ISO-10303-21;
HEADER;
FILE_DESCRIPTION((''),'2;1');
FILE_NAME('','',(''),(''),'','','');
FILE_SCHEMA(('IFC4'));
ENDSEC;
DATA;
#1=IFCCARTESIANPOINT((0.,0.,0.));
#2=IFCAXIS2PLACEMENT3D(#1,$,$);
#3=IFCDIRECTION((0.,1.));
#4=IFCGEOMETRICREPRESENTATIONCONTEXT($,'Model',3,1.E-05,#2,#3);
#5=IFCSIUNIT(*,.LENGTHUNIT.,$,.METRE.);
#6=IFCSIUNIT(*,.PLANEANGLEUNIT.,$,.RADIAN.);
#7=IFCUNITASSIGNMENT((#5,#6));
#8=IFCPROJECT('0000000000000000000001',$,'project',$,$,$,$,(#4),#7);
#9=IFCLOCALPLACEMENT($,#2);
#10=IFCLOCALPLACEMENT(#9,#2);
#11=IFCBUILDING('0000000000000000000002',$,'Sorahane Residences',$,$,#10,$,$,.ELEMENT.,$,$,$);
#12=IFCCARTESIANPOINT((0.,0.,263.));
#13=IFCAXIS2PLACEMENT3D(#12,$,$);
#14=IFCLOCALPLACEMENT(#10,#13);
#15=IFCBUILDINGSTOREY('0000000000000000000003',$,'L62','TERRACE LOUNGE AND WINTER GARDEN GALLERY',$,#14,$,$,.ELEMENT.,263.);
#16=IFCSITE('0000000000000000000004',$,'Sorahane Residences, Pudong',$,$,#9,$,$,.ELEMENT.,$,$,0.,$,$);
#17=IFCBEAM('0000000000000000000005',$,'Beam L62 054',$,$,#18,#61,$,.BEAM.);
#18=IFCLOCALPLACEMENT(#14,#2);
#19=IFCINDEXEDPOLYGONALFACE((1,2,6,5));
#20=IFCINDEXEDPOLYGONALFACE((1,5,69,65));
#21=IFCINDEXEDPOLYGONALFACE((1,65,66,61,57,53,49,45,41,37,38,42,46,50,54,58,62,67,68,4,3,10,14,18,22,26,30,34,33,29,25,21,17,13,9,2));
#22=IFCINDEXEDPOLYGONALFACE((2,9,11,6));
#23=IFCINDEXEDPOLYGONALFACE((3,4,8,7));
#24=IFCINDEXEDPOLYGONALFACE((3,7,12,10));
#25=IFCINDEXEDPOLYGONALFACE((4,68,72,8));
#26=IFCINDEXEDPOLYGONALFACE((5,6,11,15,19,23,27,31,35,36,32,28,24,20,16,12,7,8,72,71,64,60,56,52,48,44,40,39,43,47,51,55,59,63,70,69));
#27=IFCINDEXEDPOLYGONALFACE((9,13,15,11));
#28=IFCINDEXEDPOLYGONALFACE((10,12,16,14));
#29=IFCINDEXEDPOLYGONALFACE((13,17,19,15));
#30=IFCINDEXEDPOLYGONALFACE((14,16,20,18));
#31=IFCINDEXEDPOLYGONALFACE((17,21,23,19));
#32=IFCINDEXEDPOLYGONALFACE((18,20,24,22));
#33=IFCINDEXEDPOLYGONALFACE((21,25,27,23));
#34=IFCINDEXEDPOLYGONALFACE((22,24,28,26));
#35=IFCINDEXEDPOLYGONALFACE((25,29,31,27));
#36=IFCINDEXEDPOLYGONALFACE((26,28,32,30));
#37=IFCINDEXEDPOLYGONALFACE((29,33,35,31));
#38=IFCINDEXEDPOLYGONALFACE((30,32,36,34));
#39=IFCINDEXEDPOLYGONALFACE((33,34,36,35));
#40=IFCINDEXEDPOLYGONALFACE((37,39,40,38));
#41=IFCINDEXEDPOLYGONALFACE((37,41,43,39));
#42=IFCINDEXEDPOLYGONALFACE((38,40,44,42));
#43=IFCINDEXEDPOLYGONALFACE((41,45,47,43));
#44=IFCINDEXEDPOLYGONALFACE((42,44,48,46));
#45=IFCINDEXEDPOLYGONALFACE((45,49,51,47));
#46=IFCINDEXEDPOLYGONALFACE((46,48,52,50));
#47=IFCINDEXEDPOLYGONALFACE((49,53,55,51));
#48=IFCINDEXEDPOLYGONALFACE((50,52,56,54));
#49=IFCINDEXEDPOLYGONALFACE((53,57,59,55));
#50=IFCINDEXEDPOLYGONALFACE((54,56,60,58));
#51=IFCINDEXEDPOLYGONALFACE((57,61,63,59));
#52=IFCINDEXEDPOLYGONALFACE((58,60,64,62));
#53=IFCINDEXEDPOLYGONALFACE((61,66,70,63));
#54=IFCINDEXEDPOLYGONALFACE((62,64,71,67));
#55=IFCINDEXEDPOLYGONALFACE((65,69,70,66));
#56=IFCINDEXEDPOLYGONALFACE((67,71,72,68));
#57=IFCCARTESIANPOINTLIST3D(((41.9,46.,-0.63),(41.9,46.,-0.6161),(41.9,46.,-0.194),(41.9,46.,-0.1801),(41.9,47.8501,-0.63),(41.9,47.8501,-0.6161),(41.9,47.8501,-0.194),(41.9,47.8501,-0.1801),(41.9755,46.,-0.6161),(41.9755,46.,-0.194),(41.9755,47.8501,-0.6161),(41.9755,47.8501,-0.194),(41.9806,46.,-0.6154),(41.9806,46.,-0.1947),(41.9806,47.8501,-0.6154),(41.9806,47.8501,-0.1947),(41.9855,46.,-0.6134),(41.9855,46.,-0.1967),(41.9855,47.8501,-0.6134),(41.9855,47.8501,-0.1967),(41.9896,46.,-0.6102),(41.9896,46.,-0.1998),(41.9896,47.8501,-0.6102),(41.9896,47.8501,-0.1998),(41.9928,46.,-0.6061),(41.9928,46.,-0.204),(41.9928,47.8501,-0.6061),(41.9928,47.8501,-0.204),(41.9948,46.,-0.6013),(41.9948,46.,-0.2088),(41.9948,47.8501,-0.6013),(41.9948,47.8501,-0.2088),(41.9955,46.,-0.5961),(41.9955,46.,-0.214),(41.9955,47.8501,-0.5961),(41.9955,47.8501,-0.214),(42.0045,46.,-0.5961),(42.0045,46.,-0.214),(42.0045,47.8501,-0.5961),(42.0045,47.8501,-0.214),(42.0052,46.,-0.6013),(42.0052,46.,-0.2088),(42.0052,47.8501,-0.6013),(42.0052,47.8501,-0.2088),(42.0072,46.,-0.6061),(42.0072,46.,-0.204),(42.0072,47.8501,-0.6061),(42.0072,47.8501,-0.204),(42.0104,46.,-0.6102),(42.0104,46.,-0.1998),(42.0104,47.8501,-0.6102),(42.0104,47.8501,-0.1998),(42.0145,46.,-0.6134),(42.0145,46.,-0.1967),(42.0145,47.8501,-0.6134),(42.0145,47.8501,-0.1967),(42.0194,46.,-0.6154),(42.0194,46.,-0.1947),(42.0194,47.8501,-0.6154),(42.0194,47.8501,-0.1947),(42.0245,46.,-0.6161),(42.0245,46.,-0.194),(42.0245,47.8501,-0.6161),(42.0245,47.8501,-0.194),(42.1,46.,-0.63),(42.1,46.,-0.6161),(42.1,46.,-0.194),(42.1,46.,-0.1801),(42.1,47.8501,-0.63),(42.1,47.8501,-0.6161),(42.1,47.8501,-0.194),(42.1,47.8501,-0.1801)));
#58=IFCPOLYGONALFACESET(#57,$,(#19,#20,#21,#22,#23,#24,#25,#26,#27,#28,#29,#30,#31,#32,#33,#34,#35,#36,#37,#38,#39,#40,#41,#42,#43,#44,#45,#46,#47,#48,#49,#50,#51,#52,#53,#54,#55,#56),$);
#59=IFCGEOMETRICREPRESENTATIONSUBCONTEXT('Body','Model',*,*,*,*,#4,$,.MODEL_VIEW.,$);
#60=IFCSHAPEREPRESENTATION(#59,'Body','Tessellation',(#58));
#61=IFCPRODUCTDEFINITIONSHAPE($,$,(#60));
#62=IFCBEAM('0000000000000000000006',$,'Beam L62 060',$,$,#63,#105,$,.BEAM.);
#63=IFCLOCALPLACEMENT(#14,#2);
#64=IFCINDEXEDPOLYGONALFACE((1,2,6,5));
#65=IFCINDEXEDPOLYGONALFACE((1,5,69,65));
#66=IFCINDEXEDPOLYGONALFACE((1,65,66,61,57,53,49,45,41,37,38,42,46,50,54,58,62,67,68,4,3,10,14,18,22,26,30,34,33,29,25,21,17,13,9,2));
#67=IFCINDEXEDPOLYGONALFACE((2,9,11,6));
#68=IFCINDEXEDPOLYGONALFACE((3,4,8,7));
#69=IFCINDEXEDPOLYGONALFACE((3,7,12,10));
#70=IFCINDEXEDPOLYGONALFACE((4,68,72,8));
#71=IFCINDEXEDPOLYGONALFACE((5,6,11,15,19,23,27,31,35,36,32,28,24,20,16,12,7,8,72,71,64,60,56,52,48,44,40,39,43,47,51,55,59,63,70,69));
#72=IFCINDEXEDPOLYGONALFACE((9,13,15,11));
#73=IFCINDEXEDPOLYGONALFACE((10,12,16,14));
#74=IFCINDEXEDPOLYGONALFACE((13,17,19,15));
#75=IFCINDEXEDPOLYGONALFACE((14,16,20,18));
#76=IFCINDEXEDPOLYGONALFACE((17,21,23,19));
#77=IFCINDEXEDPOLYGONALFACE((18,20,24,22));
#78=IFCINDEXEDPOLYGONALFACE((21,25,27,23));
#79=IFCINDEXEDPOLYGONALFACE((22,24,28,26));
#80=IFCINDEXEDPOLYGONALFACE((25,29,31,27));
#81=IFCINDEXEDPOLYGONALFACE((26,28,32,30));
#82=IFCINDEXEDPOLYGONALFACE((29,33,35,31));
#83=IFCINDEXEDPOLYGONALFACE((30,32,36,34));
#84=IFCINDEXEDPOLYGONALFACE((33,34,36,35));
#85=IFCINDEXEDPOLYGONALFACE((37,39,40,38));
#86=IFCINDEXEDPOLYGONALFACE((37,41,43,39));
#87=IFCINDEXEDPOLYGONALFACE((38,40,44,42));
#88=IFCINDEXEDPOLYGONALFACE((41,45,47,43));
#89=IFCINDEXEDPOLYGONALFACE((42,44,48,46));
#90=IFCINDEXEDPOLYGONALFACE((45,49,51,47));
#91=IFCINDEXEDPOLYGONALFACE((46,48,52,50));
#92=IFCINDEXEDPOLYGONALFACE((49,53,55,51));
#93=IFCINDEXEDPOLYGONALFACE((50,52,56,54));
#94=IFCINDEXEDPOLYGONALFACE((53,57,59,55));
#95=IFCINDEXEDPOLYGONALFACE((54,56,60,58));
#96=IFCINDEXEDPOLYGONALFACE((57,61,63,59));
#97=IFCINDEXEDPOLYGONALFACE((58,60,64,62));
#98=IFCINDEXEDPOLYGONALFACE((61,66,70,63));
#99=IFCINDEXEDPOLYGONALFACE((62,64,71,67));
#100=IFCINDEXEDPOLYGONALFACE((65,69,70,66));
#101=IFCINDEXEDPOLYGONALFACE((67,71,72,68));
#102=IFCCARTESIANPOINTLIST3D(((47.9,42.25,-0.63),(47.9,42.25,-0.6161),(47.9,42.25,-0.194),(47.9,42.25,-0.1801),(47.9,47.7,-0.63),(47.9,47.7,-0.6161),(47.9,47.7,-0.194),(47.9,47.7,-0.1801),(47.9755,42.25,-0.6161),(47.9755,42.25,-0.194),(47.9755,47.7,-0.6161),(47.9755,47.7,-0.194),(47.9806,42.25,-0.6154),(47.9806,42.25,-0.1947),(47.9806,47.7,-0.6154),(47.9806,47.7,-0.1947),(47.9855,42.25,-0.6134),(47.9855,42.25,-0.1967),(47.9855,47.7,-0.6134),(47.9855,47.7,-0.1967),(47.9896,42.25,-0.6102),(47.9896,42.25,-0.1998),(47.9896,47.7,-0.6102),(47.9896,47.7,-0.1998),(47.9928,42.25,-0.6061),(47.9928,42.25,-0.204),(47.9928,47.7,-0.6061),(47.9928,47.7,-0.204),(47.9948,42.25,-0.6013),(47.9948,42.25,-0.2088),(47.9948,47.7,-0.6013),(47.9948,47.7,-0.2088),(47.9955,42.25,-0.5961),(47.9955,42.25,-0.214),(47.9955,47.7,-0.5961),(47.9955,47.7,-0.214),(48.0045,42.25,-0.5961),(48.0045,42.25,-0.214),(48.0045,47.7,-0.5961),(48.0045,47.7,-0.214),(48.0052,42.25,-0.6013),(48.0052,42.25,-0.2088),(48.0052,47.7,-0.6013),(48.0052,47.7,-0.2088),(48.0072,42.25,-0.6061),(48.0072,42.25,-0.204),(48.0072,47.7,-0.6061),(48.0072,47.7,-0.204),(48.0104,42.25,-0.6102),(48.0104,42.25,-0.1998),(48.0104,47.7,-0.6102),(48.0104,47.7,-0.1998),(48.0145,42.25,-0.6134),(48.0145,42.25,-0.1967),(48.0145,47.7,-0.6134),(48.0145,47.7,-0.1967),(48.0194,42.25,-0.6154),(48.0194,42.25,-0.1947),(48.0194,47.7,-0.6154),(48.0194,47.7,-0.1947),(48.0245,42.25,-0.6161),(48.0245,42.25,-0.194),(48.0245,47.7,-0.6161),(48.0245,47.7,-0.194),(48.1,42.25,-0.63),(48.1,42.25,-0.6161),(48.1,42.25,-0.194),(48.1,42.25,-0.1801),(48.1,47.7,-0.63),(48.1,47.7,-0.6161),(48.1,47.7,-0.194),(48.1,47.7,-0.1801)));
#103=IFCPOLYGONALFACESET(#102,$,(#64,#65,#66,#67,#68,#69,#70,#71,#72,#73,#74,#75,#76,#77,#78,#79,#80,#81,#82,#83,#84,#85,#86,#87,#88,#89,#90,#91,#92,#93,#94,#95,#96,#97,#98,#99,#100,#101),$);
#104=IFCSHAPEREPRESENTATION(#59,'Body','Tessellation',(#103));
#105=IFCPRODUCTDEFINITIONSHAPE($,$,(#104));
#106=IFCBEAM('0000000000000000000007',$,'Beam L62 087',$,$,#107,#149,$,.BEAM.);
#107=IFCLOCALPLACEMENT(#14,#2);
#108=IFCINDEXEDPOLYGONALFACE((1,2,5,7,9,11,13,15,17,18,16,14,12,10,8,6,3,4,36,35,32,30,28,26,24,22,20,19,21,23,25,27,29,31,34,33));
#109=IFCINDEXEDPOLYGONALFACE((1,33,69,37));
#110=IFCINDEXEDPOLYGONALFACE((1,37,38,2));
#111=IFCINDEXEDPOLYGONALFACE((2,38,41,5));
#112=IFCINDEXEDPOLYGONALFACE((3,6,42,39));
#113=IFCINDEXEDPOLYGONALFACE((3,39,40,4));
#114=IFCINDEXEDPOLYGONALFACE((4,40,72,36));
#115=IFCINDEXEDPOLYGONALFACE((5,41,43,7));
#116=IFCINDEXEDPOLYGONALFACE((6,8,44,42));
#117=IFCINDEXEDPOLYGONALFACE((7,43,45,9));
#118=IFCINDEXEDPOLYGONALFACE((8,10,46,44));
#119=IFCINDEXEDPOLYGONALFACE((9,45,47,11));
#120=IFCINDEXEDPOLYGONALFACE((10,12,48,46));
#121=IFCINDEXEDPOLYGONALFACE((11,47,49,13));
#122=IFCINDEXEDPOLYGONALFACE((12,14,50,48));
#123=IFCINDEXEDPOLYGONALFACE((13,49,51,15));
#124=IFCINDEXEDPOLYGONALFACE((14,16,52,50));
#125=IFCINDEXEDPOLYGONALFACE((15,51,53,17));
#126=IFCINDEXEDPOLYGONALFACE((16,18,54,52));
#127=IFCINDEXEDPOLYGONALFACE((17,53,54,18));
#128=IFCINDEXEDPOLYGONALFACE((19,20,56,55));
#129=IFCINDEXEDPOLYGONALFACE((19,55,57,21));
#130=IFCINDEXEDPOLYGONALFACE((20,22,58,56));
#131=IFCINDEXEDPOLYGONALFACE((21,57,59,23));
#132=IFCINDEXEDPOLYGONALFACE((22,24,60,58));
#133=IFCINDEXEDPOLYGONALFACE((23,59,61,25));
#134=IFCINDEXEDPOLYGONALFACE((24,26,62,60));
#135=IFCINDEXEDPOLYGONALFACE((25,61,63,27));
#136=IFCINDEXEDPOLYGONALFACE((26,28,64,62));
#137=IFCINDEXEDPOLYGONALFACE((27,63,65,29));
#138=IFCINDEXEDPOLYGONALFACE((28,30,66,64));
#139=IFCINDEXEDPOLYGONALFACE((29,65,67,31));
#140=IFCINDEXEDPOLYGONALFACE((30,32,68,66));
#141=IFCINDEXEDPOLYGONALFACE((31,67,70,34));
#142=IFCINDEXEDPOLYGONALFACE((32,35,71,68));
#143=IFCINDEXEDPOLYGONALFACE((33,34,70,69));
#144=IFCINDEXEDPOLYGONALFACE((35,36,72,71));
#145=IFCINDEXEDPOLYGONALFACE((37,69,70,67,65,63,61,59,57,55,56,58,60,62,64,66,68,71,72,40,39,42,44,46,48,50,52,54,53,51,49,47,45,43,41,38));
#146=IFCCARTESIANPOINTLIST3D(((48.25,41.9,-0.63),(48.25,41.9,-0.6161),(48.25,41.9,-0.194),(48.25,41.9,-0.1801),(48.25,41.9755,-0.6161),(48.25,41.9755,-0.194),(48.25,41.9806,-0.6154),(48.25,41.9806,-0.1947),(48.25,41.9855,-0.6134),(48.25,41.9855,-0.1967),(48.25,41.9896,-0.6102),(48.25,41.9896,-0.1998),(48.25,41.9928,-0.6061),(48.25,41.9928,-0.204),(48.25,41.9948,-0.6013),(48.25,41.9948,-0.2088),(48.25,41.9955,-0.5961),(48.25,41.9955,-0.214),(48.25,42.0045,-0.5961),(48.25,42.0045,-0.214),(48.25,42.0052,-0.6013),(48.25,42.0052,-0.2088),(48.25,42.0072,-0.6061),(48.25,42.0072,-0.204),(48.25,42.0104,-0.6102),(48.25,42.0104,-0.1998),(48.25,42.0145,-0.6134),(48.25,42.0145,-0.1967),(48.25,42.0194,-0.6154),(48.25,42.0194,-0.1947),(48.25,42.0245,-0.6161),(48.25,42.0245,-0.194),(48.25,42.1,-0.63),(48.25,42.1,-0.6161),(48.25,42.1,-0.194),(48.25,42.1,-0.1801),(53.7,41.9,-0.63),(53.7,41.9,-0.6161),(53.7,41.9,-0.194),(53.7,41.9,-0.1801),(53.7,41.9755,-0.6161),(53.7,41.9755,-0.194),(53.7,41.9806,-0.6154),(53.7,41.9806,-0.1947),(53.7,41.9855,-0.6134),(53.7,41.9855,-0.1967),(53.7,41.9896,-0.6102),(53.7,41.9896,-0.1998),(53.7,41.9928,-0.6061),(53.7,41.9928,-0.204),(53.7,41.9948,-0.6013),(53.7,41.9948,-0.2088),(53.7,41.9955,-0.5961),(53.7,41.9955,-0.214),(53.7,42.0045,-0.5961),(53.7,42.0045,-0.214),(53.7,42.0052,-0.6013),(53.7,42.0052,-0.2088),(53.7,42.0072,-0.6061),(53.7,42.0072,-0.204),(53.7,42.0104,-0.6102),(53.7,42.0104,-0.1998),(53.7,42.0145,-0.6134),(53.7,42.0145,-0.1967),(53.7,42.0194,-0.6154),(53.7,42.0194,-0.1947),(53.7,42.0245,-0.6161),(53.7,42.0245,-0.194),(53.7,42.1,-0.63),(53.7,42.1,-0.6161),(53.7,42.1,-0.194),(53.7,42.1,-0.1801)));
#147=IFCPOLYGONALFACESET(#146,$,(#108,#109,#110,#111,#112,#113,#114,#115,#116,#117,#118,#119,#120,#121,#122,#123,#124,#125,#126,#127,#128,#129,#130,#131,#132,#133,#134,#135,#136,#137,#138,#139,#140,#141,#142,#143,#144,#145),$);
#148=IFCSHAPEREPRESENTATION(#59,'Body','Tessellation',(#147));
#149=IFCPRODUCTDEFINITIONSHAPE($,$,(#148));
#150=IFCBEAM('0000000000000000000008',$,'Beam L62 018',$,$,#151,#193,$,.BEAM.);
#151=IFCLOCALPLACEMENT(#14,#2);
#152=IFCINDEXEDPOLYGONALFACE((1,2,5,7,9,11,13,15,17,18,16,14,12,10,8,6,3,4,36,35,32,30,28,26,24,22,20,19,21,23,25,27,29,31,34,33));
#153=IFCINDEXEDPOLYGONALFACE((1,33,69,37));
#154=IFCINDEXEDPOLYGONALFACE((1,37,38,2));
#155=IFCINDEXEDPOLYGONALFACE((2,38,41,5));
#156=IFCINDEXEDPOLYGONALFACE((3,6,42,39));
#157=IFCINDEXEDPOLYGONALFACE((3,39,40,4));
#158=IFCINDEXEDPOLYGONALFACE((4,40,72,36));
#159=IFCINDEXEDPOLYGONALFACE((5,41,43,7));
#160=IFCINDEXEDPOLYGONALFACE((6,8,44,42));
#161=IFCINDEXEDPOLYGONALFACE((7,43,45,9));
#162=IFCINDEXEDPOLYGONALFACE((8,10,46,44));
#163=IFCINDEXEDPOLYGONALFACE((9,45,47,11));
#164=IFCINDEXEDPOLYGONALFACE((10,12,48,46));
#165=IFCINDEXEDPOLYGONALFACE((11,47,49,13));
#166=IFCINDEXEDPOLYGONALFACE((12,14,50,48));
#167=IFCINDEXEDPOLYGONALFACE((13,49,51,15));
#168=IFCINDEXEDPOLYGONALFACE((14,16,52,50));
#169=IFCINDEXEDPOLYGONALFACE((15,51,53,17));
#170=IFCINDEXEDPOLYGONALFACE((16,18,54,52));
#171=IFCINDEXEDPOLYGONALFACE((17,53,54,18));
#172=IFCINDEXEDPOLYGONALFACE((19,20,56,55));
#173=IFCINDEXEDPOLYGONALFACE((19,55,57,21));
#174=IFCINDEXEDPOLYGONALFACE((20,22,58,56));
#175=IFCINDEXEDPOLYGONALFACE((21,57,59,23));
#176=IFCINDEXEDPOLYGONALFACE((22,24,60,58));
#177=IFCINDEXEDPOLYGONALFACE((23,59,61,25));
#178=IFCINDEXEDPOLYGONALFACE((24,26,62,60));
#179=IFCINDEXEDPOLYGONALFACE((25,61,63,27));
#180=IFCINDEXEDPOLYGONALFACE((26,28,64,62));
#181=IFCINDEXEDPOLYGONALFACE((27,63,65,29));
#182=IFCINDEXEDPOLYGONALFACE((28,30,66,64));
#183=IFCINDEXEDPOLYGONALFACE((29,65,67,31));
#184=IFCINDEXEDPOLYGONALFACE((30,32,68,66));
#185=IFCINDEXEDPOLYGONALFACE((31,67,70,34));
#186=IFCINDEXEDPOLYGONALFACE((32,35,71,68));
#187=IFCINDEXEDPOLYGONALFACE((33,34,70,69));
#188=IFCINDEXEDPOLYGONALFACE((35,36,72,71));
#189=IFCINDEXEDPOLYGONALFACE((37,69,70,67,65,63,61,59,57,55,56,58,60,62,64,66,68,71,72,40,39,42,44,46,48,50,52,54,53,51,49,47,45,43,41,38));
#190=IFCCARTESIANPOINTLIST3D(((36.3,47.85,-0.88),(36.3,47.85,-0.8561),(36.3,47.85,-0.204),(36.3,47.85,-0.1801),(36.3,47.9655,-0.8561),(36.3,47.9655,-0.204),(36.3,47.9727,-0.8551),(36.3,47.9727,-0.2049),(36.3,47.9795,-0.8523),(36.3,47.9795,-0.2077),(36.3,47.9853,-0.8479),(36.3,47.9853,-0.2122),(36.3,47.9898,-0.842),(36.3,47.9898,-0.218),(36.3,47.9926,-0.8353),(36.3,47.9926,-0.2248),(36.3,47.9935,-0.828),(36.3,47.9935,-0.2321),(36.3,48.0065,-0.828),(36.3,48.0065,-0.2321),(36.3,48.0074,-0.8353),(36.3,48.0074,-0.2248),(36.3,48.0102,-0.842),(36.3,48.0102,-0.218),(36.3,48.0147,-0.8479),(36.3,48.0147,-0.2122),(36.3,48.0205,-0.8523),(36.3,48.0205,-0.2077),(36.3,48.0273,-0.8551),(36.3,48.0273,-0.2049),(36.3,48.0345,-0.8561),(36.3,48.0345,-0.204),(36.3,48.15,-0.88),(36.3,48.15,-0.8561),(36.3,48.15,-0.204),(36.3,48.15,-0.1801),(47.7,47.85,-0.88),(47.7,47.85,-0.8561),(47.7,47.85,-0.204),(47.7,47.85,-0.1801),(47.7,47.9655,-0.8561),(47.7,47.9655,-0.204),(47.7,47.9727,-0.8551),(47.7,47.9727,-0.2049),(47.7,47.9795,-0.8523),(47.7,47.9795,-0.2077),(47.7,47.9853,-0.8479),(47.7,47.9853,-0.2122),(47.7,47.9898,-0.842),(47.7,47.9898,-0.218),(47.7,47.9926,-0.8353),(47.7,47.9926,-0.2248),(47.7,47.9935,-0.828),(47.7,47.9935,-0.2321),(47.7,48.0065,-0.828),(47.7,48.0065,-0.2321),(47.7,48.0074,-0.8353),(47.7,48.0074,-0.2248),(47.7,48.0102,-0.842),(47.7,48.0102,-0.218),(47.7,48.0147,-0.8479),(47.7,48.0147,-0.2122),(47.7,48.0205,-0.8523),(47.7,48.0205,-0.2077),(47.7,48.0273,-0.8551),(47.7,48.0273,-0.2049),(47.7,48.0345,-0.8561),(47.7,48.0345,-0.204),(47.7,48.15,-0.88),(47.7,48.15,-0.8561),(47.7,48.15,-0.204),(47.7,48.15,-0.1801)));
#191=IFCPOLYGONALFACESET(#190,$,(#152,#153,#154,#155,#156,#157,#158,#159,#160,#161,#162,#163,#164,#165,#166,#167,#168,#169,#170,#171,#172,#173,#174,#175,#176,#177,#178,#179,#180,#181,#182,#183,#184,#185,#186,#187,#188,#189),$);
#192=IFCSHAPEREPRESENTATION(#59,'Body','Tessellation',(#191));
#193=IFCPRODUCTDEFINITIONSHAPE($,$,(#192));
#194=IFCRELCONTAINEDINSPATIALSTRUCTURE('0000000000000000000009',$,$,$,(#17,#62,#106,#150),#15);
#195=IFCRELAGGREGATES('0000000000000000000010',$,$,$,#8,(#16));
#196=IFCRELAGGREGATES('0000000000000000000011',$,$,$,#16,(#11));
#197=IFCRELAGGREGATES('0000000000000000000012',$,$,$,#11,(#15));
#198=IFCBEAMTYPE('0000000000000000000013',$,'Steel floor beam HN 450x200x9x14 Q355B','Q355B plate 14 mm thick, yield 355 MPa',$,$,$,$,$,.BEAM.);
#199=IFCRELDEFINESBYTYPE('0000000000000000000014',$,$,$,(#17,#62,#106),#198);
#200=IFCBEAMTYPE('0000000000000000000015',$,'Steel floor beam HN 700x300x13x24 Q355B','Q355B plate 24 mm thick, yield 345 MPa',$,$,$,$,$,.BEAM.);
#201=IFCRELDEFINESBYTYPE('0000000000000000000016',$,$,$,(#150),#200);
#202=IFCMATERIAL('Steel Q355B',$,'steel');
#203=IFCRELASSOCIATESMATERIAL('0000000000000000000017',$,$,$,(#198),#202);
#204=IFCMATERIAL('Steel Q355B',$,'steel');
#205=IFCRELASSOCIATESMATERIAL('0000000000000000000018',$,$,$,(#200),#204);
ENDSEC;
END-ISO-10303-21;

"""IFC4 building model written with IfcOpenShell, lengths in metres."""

from ifc_helpers import new_model, si_unit, direction, frame, origin, origin_2d, place, context, subcontext, project, spatial, i_section, extrude, material, material_profile, profile_set, type_object, element, save


model = new_model("IFC4")

# Units and contexts
model_context = context("Model", 3, precision=1e-05, world=origin(), true_north=direction((0.0, 1.0)))
body_context = subcontext(model_context, "Body", "Model", "MODEL_VIEW")
ifc_project = project(units=[si_unit("LENGTHUNIT", "METRE"), si_unit("PLANEANGLEUNIT", "RADIAN")], contexts=[model_context])

# Site, building, storey
site_placement = place(None, origin())
site = spatial("IfcSite", under=ifc_project, at=site_placement, Name="Sorahane Residences, Pudong", CompositionType="ELEMENT", RefElevation=0.0)
building_placement = place(site_placement, origin())
building = spatial("IfcBuilding", under=site, at=building_placement, Name="Sorahane Residences", CompositionType="ELEMENT")
storey_placement = place(building_placement, frame((0.0, 0.0, 263.0)))
storey = spatial("IfcBuildingStorey", under=building, at=storey_placement, Name="L62", Description="TERRACE LOUNGE AND WINTER GARDEN GALLERY", CompositionType="ELEMENT", Elevation=263.0)

# Beams
ifc_material_1 = material(Name="Steel Q355B", Category="steel")
ifc_material_profile_1 = material_profile(ifc_material_1, i_section(OverallWidth=0.2, OverallDepth=0.45, WebThickness=0.009, FlangeThickness=0.0139, FilletRadius=0.02, at=origin_2d()), Name="HN 450x200x9x14")
ifc_profile_set_1 = profile_set([ifc_material_profile_1], Name="Steel Q355B")
beam_type_1 = type_object("IfcBeamType", Name="Steel floor beam HN 450x200x9x14 Q355B", Description="Q355B plate 14 mm thick, yield 355 MPa", PredefinedType="BEAM", material=ifc_profile_set_1)
beam_1_placement = place(storey_placement, frame((42.0, 46.0, -0.405), z_axis=(0.0, 1.0, 0.0), x_axis=(-1.0, 0.0, 0.0)))
element("IfcBeam", 1, at=beam_1_placement, inside=storey, type_object=beam_type_1, Name="Beam L62 054", PredefinedType="BEAM", context=body_context, shape_type="SweptSolid", body=[
    extrude(i_section(OverallWidth=0.2, OverallDepth=0.45, WebThickness=0.009, FlangeThickness=0.0139, FilletRadius=0.02, at=origin_2d()), origin(), (0.0, 0.0, 1.0), 1.8501),
])
for number, where, z_axis, x_axis, name in (
    (2, (48.0, 42.25, -0.405), (0.0, 1.0, 0.0), (-1.0, 0.0, 0.0), "Beam L62 060"),
    (3, (48.25, 42.0, -0.405), (1.0, 0.0, 0.0), (0.0, 1.0, 0.0), "Beam L62 087"),
):
    element("IfcBeam", number, at=place(storey_placement, frame(where, z_axis=z_axis, x_axis=x_axis)), inside=storey, type_object=beam_type_1, Name=name, PredefinedType="BEAM", context=body_context, shape_type="SweptSolid", body=[
        extrude(i_section(OverallWidth=0.2, OverallDepth=0.45, WebThickness=0.009, FlangeThickness=0.0139, FilletRadius=0.02, at=origin_2d()), origin(), (0.0, 0.0, 1.0), 5.45),
    ])
ifc_material_2 = material(Name="Steel Q355B", Category="steel")
ifc_material_profile_2 = material_profile(ifc_material_2, i_section(OverallWidth=0.3, OverallDepth=0.7, WebThickness=0.0129, FlangeThickness=0.0239, FilletRadius=0.0281, at=origin_2d()), Name="HN 700x300x13x24")
ifc_profile_set_2 = profile_set([ifc_material_profile_2], Name="Steel Q355B")
beam_type_2 = type_object("IfcBeamType", Name="Steel floor beam HN 700x300x13x24 Q355B", Description="Q355B plate 24 mm thick, yield 345 MPa", PredefinedType="BEAM", material=ifc_profile_set_2)
beam_2_placement = place(storey_placement, frame((36.3, 48.0, -0.53), z_axis=(1.0, 0.0, 0.0), x_axis=(0.0, 1.0, 0.0)))
element("IfcBeam", 4, at=beam_2_placement, inside=storey, type_object=beam_type_2, Name="Beam L62 018", PredefinedType="BEAM", context=body_context, shape_type="SweptSolid", body=[
    extrude(i_section(OverallWidth=0.3, OverallDepth=0.7, WebThickness=0.0129, FlangeThickness=0.0239, FilletRadius=0.0281, at=origin_2d()), origin(), (0.0, 0.0, 1.0), 11.3999),
])

save(model, "model.ifc")
